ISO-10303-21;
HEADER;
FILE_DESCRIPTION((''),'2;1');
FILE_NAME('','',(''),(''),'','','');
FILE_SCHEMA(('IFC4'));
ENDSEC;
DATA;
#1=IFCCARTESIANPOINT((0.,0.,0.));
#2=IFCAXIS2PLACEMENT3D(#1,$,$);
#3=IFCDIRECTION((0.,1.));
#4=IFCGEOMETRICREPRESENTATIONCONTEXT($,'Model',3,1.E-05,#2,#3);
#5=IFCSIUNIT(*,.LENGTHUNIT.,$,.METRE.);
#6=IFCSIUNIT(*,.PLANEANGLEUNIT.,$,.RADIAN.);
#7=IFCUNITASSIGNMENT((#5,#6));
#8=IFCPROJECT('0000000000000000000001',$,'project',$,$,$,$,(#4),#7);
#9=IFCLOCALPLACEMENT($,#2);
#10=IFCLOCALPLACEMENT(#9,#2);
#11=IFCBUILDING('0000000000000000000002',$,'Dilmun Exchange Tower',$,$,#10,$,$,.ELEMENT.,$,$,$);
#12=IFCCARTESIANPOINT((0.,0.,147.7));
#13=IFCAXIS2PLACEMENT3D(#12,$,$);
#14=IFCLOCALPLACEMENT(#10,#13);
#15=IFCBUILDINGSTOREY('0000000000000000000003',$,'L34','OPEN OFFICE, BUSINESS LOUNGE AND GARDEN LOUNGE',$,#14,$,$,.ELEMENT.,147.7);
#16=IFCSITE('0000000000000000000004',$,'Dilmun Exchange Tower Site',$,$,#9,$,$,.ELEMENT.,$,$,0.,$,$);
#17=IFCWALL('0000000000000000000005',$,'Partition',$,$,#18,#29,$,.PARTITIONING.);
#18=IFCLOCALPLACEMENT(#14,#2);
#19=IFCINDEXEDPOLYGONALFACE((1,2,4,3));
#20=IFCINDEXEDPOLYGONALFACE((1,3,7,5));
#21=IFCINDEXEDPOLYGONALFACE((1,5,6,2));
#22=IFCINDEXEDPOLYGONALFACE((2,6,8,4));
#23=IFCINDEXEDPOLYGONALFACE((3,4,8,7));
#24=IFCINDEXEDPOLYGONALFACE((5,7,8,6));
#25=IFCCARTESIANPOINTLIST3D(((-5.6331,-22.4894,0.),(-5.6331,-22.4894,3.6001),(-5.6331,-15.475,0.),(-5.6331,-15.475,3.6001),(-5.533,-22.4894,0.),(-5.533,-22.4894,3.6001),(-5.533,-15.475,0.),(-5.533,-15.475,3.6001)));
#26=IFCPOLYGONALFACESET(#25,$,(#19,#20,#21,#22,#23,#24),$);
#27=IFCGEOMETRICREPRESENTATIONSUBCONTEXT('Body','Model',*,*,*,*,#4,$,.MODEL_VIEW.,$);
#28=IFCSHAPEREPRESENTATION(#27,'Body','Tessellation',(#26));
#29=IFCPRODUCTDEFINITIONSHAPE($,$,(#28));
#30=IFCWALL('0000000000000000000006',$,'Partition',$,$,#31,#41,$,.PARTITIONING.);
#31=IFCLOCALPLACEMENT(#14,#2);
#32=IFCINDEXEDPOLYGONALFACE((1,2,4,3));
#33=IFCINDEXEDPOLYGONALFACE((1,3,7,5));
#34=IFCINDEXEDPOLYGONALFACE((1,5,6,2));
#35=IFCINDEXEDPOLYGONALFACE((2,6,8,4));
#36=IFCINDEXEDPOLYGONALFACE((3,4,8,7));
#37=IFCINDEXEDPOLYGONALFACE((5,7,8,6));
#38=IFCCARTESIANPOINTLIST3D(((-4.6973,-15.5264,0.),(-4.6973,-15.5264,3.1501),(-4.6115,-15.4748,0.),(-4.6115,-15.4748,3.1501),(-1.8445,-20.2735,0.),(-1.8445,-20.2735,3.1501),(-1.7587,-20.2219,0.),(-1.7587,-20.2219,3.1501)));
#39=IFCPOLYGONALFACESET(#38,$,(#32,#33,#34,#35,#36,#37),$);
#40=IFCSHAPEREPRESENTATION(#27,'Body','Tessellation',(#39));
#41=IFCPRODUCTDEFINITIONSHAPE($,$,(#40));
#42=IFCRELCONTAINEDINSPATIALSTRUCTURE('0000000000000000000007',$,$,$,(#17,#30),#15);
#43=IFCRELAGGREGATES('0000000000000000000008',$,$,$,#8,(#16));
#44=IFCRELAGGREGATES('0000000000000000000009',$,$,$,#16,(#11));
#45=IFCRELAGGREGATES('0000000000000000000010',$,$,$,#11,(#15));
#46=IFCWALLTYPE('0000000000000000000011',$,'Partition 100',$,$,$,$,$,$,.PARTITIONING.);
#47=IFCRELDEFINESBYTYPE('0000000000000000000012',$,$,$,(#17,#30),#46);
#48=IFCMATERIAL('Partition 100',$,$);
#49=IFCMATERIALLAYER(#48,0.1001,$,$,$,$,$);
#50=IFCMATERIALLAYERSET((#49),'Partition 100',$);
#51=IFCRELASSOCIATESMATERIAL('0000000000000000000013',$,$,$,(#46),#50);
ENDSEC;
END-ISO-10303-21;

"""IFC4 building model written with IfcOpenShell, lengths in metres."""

from ifc_helpers import new_model, si_unit, direction, frame, frame_2d, origin, place, context, subcontext, project, spatial, rectangle, extrude, material, layer, layer_set, type_object, element, save


model = new_model("IFC4")

# Units and contexts
model_context = context("Model", 3, precision=1e-05, world=origin(), true_north=direction((0.0, 1.0)))
body_context = subcontext(model_context, "Body", "Model", "MODEL_VIEW")
ifc_project = project(units=[si_unit("LENGTHUNIT", "METRE"), si_unit("PLANEANGLEUNIT", "RADIAN")], contexts=[model_context])

# Site, building, storey
site_placement = place(None, origin())
site = spatial("IfcSite", under=ifc_project, at=site_placement, Name="Dilmun Exchange Tower Site", CompositionType="ELEMENT", RefElevation=0.0)
building_placement = place(site_placement, origin())
building = spatial("IfcBuilding", under=site, at=building_placement, Name="Dilmun Exchange Tower", CompositionType="ELEMENT")
storey_placement = place(building_placement, frame((0.0, 0.0, 147.7)))
storey = spatial("IfcBuildingStorey", under=building, at=storey_placement, Name="L34", Description="OPEN OFFICE, BUSINESS LOUNGE AND GARDEN LOUNGE", CompositionType="ELEMENT", Elevation=147.7)

# Walls
ifc_material_1 = material(Name="Partition 100")
ifc_layer_1 = layer(ifc_material_1, 0.1001)
ifc_layer_set_1 = layer_set([ifc_layer_1], Name="Partition 100")
wall_type_1 = type_object("IfcWallType", Name="Partition 100", PredefinedType="PARTITIONING", material=ifc_layer_set_1)
wall_1_placement = place(storey_placement, frame((-5.583, -22.4895, 0.0), z_axis=(0.0, 0.0, 1.0), x_axis=(0.0, 1.0, 0.0)))
element("IfcWall", 1, at=wall_1_placement, inside=storey, type_object=wall_type_1, Name="Partition", PredefinedType="PARTITIONING", context=body_context, shape_type="SweptSolid", body=[
    extrude(rectangle(XDim=7.0144, YDim=0.1001, at=frame_2d((3.5073, 0.0))), origin(), (0.0, 0.0, 1.0), 3.6001),
])
wall_2_placement = place(storey_placement, frame((-4.6543, -15.5007, 0.0), z_axis=(0.0, 0.0, 1.0), x_axis=(0.515099, -0.857131, 0.0)))
element("IfcWall", 2, at=wall_2_placement, inside=storey, type_object=wall_type_1, Name="Partition", PredefinedType="PARTITIONING", context=body_context, shape_type="SweptSolid", body=[
    extrude(rectangle(XDim=5.5383, YDim=0.1001, at=frame_2d((2.769, 0.0))), origin(), (0.0, 0.0, 1.0), 3.1501),
])

save(model, "model.ifc")
